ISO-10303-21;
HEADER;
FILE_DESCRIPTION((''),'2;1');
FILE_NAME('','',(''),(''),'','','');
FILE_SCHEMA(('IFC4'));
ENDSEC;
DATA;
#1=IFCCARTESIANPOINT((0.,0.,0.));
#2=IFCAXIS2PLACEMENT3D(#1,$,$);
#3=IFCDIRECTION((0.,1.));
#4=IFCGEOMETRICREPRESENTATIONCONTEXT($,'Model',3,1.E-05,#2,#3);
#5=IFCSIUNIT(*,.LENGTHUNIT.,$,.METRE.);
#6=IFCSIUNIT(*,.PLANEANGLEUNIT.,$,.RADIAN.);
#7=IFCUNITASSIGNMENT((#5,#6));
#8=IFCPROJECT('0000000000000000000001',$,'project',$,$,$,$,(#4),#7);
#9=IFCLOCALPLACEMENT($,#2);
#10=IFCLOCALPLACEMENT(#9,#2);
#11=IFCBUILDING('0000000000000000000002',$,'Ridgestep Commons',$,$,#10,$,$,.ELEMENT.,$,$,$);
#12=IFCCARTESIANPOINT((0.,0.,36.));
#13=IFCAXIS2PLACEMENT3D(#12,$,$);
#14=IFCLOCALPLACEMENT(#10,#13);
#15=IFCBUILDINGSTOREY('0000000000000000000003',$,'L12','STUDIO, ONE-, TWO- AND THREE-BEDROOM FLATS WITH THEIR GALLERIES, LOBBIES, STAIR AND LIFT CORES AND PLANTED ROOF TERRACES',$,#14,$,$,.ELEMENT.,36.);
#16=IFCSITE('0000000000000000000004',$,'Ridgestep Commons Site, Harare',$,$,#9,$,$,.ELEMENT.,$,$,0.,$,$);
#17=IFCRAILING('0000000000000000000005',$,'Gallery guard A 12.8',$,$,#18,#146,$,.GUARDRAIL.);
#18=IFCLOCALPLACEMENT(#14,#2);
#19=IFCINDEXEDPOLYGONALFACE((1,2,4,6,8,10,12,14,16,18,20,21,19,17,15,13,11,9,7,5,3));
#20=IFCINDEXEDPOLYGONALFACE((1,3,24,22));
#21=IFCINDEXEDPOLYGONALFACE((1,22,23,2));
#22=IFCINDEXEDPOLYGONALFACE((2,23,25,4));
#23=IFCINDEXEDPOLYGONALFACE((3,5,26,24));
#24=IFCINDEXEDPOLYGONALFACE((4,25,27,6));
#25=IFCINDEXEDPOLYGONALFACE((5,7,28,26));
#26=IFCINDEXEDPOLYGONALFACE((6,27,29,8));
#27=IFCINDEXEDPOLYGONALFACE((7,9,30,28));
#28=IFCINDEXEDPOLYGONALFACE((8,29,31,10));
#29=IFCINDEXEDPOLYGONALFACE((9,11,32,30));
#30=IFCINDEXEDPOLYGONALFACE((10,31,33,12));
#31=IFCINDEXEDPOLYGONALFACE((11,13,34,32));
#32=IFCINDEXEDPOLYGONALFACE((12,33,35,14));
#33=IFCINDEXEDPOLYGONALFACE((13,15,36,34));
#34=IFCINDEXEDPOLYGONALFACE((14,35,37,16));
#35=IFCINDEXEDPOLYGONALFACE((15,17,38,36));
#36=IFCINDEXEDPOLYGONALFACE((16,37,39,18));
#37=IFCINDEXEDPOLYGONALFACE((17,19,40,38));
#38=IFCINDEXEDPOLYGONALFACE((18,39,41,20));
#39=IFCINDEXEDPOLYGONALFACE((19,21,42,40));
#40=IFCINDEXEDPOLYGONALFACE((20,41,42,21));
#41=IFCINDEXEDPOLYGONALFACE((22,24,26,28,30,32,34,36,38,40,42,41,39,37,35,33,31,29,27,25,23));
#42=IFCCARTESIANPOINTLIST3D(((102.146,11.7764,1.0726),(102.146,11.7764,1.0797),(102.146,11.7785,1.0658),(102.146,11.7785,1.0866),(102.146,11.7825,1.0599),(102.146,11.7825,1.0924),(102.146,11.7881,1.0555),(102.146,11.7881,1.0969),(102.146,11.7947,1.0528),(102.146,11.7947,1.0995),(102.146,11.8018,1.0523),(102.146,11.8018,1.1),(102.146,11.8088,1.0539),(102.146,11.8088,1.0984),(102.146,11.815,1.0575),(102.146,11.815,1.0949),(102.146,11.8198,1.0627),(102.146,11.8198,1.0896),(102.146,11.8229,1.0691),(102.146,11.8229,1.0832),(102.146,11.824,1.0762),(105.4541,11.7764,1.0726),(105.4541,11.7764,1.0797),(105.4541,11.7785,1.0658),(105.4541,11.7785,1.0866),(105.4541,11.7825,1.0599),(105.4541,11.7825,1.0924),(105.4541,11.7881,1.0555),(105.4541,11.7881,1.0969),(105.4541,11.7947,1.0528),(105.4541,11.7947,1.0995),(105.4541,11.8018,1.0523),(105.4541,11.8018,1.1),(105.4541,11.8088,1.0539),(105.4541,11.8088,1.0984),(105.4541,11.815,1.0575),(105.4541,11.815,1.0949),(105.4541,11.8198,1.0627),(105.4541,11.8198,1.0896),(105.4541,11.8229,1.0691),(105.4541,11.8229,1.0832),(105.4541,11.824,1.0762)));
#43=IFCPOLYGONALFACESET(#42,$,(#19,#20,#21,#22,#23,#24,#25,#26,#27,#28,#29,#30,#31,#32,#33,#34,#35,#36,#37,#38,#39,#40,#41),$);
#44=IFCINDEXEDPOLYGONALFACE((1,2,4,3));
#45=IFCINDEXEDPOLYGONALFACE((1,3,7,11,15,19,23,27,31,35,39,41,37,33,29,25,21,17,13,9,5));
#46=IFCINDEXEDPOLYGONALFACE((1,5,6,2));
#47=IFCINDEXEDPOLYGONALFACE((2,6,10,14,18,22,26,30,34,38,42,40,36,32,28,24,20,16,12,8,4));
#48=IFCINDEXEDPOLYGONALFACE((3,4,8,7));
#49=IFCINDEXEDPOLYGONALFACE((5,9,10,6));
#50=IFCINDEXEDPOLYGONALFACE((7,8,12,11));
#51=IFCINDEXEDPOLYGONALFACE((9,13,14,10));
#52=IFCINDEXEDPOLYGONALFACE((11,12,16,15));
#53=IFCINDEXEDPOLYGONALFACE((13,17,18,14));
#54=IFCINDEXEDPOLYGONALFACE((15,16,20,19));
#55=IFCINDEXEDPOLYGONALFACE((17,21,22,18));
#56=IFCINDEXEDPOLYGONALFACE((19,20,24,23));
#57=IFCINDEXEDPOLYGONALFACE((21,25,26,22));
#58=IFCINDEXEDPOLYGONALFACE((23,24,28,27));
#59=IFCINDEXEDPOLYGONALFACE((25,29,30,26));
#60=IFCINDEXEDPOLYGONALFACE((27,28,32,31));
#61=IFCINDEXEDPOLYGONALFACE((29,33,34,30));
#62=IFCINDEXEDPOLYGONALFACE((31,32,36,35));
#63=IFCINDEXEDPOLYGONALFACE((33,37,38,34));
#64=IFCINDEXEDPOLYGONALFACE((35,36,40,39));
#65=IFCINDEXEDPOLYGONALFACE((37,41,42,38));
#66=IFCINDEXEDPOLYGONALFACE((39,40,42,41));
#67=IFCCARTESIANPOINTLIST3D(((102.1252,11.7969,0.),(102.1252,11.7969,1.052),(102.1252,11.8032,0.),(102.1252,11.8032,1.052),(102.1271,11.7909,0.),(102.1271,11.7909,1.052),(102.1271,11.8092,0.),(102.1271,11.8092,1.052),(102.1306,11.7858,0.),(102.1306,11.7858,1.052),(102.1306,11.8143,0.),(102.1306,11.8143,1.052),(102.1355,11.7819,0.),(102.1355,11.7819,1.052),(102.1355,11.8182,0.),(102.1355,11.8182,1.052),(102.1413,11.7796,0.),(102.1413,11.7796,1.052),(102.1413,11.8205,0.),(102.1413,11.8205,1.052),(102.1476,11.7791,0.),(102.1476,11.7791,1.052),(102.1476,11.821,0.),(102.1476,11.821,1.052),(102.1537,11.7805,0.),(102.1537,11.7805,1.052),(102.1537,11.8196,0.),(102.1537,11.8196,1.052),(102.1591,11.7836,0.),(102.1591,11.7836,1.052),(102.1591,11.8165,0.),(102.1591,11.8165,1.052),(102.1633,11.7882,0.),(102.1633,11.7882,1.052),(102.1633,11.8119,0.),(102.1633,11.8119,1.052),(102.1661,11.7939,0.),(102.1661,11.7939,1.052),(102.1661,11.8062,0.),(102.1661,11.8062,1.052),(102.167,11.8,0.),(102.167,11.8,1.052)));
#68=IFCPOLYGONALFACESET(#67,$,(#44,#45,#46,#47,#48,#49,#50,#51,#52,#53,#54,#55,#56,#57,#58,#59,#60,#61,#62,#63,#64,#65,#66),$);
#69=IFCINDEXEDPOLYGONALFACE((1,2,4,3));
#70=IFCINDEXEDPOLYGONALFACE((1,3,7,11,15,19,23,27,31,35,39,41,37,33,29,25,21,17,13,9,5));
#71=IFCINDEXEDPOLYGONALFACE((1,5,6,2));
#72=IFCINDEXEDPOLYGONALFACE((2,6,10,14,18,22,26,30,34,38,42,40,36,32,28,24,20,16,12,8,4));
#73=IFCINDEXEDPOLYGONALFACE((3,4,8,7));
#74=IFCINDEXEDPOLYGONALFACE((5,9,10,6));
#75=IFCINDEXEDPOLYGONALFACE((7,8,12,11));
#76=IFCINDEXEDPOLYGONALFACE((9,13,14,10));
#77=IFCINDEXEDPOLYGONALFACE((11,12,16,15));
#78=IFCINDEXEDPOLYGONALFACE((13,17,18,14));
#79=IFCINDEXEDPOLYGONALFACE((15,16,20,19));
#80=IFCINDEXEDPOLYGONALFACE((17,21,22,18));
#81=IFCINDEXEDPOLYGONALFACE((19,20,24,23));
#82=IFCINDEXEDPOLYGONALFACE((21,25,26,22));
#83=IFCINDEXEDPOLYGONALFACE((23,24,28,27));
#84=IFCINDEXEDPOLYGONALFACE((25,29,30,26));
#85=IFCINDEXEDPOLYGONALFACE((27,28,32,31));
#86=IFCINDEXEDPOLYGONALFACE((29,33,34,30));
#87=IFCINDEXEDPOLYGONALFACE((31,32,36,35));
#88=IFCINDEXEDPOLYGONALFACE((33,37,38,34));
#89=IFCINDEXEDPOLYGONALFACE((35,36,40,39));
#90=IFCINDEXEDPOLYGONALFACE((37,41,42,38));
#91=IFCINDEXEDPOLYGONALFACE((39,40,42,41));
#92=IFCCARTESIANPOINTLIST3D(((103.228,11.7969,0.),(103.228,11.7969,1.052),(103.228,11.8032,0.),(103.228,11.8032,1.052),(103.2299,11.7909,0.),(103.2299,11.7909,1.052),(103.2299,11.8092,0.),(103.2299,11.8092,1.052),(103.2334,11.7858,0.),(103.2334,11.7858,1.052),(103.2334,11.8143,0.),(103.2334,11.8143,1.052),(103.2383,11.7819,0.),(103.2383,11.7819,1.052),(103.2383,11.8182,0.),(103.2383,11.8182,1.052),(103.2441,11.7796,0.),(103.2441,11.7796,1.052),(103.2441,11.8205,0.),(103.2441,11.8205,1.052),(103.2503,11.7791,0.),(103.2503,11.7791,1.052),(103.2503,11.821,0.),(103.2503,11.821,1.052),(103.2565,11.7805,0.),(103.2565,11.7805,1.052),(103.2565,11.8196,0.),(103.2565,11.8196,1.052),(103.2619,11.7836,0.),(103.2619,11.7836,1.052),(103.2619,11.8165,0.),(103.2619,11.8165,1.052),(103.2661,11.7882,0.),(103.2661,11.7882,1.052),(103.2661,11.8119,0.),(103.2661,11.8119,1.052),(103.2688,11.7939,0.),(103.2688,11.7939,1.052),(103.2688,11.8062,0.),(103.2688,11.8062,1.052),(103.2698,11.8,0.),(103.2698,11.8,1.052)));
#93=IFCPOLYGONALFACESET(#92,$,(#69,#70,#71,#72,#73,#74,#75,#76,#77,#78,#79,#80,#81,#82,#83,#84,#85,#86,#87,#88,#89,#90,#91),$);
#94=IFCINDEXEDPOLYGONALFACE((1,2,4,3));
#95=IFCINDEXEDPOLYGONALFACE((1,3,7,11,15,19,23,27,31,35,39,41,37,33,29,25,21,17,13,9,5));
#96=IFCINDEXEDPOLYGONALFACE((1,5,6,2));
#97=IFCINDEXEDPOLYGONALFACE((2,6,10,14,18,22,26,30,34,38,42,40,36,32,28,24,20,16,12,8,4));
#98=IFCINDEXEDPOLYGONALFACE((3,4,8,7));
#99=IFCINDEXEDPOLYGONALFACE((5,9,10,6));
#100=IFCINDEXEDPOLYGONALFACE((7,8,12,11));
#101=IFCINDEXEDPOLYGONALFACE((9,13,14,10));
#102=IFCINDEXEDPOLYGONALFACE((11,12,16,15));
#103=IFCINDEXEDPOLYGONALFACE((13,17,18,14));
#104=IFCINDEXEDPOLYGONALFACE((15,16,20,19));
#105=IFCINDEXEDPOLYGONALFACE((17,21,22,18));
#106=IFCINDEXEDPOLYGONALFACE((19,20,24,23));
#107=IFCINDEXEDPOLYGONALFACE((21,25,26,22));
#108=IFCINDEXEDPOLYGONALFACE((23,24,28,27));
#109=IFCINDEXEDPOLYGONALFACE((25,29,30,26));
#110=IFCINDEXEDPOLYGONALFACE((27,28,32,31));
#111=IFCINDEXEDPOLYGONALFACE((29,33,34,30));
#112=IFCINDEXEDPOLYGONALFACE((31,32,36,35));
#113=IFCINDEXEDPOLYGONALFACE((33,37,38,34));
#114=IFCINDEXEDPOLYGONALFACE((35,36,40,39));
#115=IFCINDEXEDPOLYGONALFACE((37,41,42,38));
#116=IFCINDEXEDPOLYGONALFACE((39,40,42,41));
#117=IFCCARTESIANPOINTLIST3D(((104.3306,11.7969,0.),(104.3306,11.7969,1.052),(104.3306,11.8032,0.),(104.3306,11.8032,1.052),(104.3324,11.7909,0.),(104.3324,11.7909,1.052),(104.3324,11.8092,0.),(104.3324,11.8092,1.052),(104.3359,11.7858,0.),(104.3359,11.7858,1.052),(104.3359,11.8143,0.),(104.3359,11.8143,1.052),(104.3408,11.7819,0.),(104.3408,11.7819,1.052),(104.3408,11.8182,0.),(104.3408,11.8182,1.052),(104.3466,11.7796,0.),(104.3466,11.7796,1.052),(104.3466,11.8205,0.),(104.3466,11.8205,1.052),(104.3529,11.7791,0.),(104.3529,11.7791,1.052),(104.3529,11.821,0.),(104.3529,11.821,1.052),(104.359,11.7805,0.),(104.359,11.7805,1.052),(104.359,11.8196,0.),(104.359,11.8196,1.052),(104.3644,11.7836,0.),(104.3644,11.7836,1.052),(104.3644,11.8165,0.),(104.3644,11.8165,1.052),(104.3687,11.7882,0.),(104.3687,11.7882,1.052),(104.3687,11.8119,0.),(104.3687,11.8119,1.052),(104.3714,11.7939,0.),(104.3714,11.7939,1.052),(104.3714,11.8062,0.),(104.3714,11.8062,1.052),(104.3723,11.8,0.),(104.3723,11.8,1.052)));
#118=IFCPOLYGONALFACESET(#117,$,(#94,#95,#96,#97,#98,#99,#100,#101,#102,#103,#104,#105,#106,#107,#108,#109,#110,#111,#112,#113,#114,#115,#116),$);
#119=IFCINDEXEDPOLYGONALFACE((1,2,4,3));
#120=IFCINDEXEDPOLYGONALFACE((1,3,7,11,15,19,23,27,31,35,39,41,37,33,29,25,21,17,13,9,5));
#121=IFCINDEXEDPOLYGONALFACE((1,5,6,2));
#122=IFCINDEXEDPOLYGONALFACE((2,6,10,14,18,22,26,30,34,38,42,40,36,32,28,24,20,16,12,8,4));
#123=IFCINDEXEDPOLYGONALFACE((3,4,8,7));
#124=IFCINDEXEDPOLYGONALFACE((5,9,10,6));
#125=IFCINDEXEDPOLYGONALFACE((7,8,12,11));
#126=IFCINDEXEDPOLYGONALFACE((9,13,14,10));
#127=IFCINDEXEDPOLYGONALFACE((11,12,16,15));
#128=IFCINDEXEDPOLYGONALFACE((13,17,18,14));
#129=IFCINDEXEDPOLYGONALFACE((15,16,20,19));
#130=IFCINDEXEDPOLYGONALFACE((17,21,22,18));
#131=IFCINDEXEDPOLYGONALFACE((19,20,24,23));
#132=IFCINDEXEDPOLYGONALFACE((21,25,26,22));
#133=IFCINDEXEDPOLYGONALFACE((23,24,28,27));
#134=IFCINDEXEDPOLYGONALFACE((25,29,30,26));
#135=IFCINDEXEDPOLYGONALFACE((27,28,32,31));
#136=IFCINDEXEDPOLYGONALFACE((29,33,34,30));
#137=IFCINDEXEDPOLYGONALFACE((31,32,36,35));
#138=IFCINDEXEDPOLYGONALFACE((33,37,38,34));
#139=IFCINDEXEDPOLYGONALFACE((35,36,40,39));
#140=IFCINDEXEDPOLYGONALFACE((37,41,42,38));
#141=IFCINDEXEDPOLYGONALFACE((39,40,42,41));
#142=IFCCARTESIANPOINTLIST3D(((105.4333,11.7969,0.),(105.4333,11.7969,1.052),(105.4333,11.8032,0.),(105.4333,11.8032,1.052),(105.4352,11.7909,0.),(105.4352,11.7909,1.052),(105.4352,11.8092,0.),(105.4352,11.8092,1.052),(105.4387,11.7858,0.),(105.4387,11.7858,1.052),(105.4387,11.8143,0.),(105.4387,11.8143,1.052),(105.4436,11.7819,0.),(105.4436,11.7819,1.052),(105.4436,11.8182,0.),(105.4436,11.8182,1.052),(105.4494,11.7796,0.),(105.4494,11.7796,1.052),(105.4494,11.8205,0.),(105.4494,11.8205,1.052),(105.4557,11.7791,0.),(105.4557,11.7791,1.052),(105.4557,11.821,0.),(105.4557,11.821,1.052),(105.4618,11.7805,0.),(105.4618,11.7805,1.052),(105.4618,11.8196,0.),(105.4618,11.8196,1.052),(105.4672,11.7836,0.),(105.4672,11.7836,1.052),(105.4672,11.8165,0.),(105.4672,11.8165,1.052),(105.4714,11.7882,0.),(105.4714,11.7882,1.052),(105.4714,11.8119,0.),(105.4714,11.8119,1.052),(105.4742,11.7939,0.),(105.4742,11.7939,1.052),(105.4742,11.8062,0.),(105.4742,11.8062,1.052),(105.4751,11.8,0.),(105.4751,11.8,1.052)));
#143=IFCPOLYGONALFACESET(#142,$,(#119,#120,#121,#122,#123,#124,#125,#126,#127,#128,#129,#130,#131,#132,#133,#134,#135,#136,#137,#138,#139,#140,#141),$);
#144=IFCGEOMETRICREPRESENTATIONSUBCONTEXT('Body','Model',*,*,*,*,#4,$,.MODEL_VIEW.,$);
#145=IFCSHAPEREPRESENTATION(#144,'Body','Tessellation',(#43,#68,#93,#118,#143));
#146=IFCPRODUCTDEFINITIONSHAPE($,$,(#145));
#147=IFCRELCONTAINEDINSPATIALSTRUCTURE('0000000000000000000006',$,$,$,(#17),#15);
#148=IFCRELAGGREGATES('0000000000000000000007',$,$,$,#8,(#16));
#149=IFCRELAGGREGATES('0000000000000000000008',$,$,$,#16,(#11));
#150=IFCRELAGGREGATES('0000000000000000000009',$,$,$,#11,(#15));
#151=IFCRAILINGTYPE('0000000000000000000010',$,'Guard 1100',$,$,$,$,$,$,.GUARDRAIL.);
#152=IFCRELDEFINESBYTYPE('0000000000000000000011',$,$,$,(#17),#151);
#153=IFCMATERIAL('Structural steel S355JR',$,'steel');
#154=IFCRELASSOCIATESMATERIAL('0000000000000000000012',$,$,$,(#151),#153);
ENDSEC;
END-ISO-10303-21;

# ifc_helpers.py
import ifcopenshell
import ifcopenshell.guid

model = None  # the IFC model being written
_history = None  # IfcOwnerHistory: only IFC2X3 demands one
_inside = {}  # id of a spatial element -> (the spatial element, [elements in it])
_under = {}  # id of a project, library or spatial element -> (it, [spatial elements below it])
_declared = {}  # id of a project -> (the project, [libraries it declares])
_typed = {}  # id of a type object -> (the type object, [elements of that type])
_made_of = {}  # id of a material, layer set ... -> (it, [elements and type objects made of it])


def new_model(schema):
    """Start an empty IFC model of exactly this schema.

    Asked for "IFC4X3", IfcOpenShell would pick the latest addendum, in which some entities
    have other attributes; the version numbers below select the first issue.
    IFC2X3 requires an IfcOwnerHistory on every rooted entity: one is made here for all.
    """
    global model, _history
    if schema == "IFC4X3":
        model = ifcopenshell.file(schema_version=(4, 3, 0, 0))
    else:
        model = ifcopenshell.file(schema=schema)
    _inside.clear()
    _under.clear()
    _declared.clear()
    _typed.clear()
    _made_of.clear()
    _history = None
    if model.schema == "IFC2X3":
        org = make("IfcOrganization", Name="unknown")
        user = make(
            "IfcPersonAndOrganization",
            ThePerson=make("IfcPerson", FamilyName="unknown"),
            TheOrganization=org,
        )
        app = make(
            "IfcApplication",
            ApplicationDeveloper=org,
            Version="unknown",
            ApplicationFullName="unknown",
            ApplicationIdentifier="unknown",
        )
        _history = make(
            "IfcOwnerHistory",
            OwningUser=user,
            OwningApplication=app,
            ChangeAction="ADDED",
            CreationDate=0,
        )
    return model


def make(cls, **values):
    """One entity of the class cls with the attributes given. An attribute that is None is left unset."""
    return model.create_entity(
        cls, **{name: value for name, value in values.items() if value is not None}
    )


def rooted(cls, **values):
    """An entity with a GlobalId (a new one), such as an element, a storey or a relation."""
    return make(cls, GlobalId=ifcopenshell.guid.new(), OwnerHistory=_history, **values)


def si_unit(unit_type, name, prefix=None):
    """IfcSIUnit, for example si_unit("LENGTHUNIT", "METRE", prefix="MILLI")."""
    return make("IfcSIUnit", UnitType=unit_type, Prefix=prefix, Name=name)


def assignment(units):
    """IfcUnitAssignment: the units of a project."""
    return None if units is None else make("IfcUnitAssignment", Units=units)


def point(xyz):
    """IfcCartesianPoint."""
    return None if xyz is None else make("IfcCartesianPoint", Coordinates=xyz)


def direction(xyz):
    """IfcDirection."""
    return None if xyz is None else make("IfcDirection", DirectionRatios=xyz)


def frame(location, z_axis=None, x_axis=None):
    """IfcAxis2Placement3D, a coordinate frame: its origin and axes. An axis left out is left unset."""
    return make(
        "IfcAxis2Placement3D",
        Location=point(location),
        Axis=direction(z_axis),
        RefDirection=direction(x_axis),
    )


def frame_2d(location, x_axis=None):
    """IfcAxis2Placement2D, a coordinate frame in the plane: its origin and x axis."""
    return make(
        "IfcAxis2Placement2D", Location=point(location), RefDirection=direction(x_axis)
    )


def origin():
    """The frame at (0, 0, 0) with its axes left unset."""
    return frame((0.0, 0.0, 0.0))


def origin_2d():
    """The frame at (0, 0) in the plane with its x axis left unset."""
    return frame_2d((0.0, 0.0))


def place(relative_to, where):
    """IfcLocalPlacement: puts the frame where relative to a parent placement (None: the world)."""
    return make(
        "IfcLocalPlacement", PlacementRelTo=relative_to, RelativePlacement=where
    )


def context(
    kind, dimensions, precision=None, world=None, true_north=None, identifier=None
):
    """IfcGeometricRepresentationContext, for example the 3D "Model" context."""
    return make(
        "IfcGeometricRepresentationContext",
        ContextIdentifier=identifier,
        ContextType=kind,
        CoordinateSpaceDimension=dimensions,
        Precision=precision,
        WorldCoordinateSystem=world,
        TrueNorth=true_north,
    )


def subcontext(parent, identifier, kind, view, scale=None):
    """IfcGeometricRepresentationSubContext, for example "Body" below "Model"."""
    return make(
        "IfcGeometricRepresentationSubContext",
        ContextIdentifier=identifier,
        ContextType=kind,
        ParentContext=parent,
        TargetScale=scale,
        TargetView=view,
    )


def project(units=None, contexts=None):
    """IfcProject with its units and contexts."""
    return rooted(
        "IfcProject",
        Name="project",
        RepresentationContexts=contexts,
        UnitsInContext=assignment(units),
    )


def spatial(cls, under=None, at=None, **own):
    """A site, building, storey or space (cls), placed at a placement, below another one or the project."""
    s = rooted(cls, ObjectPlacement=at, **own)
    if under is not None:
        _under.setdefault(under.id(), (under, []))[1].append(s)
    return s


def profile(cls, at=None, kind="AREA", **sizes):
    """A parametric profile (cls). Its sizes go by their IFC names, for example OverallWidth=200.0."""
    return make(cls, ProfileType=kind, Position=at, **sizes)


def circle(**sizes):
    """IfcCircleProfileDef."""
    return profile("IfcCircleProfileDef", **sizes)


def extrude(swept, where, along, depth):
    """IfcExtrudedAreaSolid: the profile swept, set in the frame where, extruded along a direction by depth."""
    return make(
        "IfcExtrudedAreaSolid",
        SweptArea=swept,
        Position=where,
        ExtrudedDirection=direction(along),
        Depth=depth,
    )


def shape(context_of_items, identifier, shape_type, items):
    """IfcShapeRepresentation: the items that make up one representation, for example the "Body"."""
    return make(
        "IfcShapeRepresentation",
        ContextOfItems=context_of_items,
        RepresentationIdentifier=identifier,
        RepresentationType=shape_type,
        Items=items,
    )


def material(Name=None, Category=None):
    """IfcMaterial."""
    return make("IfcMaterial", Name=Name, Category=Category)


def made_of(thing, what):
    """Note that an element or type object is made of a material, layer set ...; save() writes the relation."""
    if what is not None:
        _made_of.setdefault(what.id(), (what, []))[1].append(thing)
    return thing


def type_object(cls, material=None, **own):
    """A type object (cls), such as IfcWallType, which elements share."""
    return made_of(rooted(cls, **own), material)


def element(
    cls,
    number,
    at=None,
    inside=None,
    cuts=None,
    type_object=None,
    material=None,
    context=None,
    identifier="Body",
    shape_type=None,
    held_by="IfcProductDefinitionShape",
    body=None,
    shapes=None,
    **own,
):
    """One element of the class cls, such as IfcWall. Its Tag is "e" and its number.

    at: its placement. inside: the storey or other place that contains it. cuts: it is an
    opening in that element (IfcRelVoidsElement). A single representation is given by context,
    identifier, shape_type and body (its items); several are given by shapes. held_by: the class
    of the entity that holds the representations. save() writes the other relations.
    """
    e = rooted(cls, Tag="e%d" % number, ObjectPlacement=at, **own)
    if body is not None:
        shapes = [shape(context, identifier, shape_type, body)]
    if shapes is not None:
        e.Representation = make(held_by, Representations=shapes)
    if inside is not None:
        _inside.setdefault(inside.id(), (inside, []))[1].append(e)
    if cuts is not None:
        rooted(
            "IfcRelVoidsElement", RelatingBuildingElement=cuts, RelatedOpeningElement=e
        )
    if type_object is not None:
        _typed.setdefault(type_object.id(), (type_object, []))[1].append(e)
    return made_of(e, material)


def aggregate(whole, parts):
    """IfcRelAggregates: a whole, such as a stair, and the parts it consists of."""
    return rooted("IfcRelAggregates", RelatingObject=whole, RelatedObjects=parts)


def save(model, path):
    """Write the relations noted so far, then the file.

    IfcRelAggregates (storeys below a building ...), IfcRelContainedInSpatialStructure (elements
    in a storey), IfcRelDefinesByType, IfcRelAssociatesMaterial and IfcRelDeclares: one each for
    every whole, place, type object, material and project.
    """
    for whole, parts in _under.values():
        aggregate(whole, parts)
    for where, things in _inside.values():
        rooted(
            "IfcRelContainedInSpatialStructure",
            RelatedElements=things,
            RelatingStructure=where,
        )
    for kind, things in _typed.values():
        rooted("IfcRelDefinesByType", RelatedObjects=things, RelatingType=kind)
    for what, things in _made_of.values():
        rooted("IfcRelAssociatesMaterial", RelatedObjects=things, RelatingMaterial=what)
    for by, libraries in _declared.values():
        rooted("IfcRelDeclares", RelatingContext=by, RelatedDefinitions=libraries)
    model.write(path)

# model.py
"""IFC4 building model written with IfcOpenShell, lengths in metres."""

from ifc_helpers import new_model, si_unit, direction, frame, origin, origin_2d, place, context, subcontext, project, spatial, circle, extrude, material, type_object, element, save


model = new_model("IFC4")

# Units and contexts
model_context = context("Model", 3, precision=1e-05, world=origin(), true_north=direction((0.0, 1.0)))
body_context = subcontext(model_context, "Body", "Model", "MODEL_VIEW")
ifc_project = project(units=[si_unit("LENGTHUNIT", "METRE"), si_unit("PLANEANGLEUNIT", "RADIAN")], contexts=[model_context])

# Site, building, storey
site_placement = place(None, origin())
site = spatial("IfcSite", under=ifc_project, at=site_placement, Name="Ridgestep Commons Site, Harare", CompositionType="ELEMENT", RefElevation=0.0)
building_placement = place(site_placement, origin())
building = spatial("IfcBuilding", under=site, at=building_placement, Name="Ridgestep Commons", CompositionType="ELEMENT")
storey_placement = place(building_placement, frame((0.0, 0.0, 36.0)))
storey = spatial("IfcBuildingStorey", under=building, at=storey_placement, Name="L12", Description="STUDIO, ONE-, TWO- AND THREE-BEDROOM FLATS WITH THEIR GALLERIES, LOBBIES, STAIR AND LIFT CORES AND PLANTED ROOF TERRACES", CompositionType="ELEMENT", Elevation=36.0)

# Railing
ifc_material_1 = material(Name="Structural steel S355JR", Category="steel")
railing_type = type_object("IfcRailingType", Name="Guard 1100", PredefinedType="GUARDRAIL", material=ifc_material_1)
railing_1_placement = place(storey_placement, frame((102.146, 11.8, 0.0)))
element("IfcRailing", 1, at=railing_1_placement, inside=storey, type_object=railing_type, Name="Gallery guard A 12.8", PredefinedType="GUARDRAIL", context=body_context, shape_type="SweptSolid", body=[
    extrude(circle(Radius=0.0239, at=origin_2d()), frame((0.0, 0.0, 1.0762), z_axis=(1.0, 0.0, 0.0), x_axis=(0.0, 1.0, 0.0)), (0.0, 0.0, 1.0), 3.3081),
    extrude(circle(Radius=0.021, at=origin_2d()), origin(), (0.0, 0.0, 1.0), 1.052),
    extrude(circle(Radius=0.021, at=origin_2d()), frame((1.1028, 0.0, 0.0)), (0.0, 0.0, 1.0), 1.052),
    extrude(circle(Radius=0.021, at=origin_2d()), frame((2.2053, 0.0, 0.0)), (0.0, 0.0, 1.0), 1.052),
    extrude(circle(Radius=0.021, at=origin_2d()), frame((3.3081, 0.0, 0.0)), (0.0, 0.0, 1.0), 1.052),
])

save(model, "model.ifc")
